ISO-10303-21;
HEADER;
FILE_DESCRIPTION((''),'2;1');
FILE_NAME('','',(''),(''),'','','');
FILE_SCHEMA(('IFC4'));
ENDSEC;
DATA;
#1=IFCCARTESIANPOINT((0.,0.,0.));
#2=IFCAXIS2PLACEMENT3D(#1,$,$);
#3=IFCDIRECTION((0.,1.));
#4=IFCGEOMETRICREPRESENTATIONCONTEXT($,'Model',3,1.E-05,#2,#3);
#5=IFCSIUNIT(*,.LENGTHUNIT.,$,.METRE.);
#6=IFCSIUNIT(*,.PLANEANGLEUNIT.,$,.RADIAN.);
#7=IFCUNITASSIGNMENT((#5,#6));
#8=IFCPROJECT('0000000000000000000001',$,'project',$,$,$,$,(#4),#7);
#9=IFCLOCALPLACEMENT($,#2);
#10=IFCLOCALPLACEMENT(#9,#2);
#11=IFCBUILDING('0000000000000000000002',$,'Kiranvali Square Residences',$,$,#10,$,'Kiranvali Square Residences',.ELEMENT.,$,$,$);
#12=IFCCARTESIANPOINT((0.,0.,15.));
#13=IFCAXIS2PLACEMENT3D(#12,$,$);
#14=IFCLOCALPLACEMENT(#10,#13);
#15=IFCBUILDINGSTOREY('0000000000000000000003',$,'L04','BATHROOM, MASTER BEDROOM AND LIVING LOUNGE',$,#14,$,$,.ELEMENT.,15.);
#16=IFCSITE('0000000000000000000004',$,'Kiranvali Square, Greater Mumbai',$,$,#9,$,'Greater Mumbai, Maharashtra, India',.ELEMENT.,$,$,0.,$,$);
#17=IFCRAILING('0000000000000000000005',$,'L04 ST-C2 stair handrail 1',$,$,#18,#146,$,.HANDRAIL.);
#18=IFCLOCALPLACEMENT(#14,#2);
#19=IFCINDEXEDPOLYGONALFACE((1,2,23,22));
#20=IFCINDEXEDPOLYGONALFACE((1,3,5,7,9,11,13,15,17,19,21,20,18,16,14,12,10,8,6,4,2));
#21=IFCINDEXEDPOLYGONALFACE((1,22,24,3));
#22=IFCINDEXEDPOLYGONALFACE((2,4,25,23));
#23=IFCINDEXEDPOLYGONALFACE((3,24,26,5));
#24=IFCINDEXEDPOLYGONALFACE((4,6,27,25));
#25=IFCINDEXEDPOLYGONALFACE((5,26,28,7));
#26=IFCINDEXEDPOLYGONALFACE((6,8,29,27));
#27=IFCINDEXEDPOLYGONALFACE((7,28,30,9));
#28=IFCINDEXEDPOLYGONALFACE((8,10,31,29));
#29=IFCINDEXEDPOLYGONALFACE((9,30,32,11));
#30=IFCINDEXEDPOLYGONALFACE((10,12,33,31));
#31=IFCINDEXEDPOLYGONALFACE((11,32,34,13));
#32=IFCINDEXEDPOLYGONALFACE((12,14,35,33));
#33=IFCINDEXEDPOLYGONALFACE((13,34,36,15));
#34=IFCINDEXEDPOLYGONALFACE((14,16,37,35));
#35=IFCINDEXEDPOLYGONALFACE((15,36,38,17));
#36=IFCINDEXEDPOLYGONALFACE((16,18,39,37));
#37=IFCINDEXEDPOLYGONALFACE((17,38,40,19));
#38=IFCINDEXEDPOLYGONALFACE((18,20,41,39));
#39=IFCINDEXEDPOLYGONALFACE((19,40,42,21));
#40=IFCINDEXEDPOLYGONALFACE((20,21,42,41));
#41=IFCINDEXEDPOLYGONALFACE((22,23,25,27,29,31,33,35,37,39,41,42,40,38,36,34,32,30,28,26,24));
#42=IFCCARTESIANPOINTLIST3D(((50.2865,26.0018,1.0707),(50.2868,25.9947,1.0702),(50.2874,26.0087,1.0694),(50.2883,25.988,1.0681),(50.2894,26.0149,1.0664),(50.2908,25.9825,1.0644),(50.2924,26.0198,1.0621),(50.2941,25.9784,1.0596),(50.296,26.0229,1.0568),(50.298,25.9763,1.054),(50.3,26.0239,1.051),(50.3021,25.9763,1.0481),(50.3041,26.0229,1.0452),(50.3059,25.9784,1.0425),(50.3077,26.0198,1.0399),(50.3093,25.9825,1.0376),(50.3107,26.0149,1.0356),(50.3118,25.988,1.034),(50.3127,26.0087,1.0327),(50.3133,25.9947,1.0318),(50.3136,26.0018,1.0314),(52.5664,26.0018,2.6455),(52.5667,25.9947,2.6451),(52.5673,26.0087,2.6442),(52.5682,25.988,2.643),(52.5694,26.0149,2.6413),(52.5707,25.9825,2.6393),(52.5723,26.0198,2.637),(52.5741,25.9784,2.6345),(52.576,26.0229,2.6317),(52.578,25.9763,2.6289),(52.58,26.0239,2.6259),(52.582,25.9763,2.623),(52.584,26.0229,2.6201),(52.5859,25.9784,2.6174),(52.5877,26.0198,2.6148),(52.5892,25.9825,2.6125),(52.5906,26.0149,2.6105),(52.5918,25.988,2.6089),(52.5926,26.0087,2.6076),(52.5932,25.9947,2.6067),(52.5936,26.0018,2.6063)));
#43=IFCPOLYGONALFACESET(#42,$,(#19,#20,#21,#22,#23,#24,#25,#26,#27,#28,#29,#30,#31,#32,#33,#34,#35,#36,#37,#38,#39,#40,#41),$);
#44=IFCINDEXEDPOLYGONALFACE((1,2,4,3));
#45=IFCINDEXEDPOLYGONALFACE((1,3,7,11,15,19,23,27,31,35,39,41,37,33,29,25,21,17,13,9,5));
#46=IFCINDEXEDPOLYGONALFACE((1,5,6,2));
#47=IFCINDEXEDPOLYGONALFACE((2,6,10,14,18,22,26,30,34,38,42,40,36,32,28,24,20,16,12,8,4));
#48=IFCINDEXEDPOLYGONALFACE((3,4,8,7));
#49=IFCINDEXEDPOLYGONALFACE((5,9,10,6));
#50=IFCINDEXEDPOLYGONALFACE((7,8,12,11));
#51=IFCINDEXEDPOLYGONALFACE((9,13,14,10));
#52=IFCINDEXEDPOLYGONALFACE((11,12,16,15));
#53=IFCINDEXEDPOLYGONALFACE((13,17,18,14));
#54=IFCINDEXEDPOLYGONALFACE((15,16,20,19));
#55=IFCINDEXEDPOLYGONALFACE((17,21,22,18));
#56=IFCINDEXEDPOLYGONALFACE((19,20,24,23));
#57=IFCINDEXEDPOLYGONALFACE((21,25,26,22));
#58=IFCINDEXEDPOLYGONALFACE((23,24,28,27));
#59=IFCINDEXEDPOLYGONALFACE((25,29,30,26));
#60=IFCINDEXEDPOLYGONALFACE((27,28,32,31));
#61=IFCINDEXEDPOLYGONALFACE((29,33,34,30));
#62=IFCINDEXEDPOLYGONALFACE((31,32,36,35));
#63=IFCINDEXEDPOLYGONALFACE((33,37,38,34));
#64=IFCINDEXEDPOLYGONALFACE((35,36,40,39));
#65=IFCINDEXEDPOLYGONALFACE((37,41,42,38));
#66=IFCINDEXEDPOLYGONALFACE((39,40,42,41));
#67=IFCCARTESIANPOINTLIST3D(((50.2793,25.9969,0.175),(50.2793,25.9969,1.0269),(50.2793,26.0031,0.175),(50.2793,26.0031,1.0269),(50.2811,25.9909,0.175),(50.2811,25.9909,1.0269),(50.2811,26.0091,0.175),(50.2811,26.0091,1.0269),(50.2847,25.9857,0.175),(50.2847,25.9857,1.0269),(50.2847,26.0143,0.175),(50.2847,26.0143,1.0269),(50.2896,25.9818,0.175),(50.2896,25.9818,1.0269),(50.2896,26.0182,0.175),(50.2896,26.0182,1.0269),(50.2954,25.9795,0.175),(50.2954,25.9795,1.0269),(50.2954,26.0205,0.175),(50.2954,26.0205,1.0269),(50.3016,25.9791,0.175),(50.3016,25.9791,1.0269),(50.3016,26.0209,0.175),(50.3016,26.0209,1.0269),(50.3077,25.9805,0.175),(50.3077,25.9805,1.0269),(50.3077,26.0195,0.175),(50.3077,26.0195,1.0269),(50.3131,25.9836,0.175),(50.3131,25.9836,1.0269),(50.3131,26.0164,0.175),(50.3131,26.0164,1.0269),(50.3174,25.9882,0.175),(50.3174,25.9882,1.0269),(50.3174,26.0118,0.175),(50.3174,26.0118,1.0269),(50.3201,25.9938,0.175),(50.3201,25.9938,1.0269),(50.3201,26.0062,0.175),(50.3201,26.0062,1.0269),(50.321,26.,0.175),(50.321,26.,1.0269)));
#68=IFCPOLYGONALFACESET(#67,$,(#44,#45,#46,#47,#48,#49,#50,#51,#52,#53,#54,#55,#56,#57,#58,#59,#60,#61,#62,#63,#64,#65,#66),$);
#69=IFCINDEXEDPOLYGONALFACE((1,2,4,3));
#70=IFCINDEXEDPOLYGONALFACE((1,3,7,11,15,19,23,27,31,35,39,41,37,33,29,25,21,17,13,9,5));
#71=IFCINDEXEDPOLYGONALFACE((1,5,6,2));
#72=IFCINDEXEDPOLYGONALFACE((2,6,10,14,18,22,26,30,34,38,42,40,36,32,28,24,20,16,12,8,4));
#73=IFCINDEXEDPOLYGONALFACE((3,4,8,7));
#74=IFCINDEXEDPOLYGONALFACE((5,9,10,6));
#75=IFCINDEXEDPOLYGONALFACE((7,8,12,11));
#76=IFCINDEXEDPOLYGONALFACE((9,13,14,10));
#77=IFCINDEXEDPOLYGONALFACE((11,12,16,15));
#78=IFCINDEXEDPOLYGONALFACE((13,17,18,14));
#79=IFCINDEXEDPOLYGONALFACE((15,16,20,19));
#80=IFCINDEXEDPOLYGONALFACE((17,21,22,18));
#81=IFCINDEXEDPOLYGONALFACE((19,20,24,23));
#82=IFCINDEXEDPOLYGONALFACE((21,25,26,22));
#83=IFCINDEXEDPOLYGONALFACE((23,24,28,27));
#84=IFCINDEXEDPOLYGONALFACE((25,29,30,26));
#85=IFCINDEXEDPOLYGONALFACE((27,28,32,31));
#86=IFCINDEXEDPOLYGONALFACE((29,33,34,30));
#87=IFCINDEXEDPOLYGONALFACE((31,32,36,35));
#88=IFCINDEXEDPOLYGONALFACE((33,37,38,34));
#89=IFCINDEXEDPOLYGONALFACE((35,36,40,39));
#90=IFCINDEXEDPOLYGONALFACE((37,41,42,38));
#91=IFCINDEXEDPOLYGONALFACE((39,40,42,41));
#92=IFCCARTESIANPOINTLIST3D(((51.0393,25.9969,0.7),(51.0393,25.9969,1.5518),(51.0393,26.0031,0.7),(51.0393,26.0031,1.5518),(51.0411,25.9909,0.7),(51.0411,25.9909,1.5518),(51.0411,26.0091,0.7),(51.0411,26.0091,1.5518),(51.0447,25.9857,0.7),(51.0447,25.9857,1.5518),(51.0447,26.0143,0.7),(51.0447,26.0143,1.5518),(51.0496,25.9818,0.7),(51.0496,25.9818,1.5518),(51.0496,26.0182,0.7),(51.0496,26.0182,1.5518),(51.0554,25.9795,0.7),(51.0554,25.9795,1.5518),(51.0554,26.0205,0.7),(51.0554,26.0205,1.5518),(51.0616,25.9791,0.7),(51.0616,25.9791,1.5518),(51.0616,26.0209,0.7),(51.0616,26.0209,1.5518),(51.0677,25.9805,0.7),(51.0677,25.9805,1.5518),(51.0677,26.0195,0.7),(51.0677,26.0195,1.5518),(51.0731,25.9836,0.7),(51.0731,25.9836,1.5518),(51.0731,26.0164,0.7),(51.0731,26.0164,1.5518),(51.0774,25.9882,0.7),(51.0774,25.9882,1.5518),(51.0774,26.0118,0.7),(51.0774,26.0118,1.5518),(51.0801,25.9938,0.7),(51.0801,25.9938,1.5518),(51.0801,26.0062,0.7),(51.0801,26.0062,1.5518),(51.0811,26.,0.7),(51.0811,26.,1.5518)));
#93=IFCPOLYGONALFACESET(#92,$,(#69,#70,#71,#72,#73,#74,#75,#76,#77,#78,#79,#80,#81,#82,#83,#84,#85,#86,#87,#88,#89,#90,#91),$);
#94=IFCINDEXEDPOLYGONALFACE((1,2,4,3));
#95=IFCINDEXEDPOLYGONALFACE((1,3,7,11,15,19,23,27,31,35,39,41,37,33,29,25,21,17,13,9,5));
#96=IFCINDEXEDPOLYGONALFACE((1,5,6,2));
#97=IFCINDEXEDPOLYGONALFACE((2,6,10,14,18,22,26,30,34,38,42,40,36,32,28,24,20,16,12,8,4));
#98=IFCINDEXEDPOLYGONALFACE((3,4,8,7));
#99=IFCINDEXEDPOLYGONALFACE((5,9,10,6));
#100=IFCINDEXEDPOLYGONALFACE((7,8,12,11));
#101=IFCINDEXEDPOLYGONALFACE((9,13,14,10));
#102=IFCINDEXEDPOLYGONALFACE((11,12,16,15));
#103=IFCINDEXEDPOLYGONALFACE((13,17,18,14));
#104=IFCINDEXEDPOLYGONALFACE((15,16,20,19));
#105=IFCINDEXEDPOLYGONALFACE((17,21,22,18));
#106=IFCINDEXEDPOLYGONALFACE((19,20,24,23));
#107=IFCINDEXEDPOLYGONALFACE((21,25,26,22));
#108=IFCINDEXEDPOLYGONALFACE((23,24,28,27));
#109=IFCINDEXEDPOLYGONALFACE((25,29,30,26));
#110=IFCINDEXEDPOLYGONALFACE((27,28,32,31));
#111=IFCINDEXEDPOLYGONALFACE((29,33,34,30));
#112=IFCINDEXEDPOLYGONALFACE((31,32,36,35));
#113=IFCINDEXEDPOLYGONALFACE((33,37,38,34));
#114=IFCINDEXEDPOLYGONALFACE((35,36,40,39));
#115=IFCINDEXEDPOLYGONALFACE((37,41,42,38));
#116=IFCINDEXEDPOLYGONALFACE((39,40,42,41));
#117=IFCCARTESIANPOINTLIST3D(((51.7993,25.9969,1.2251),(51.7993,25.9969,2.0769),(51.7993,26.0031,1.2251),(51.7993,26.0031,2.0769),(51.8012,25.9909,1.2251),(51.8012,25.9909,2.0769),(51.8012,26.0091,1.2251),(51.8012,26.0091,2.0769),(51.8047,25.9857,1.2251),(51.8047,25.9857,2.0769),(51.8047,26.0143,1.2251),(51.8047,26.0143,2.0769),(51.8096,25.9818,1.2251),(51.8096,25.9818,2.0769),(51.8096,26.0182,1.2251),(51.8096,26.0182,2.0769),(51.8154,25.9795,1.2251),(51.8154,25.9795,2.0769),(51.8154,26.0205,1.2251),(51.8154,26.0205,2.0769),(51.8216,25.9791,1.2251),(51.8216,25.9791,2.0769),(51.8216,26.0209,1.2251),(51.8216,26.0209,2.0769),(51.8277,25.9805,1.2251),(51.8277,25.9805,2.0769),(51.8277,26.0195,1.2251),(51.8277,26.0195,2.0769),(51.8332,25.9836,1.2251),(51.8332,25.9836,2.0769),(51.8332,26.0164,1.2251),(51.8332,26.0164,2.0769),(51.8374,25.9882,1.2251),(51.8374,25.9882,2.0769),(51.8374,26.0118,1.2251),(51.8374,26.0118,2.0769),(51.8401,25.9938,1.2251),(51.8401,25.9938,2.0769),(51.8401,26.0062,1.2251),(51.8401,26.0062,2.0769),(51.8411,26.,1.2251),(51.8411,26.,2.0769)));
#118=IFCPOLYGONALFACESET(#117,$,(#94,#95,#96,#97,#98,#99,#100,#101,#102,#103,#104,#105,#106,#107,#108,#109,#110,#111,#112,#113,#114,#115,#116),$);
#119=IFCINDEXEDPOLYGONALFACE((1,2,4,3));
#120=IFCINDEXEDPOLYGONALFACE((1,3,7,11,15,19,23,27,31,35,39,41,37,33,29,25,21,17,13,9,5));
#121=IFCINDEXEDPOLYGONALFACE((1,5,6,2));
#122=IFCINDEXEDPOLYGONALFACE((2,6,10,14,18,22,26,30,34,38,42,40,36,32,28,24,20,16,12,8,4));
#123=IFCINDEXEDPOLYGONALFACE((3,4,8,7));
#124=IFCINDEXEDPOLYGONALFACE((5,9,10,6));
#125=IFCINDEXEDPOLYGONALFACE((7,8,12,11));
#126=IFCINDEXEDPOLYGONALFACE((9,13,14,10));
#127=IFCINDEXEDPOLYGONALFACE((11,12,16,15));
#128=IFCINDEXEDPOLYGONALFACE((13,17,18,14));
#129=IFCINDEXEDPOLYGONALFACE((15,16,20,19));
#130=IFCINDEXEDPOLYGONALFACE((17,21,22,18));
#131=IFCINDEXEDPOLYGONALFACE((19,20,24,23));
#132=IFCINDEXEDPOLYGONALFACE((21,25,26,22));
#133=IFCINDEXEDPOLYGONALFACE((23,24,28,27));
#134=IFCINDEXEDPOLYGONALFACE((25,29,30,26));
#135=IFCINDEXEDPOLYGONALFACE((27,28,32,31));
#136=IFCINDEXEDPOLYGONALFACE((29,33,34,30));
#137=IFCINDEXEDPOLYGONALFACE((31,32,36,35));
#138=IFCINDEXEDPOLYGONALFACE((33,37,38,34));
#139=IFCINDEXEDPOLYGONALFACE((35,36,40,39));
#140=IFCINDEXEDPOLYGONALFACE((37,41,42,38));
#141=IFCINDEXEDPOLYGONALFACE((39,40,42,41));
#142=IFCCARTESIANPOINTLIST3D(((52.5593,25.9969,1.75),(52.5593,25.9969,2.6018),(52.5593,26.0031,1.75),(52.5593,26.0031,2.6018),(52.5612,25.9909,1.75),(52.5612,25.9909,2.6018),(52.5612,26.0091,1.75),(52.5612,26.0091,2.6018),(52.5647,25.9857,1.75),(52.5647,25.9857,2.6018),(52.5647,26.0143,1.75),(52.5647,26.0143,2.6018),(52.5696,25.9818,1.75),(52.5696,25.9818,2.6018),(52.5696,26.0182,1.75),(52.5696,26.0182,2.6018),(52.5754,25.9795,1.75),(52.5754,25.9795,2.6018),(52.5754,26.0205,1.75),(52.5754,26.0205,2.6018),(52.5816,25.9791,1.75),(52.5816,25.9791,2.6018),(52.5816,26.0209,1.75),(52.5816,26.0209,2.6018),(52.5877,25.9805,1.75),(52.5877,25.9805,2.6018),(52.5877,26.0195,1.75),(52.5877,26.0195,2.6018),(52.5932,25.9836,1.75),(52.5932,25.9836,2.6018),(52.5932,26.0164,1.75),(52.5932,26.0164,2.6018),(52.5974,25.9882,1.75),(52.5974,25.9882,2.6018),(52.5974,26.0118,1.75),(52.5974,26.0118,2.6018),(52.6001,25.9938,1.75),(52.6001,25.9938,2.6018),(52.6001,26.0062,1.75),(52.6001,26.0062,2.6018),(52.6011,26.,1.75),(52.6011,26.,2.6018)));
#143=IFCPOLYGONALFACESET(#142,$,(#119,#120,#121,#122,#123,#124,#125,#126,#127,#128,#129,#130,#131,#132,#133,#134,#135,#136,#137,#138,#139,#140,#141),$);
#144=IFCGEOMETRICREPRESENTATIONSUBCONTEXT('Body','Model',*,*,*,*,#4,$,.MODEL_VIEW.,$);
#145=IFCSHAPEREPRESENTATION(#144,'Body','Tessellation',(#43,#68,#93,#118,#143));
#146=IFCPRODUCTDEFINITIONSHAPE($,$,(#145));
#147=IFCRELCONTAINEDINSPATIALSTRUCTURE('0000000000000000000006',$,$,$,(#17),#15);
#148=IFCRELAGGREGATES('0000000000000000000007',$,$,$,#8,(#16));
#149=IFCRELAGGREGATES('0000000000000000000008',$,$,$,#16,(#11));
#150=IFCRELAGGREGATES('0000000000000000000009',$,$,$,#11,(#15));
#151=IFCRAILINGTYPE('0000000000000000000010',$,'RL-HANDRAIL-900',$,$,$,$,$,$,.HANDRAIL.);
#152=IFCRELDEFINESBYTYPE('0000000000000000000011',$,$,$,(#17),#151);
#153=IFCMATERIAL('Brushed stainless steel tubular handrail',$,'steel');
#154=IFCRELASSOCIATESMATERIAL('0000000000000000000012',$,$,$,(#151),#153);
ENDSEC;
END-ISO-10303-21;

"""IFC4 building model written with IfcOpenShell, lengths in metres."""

from ifc_helpers import new_model, si_unit, direction, frame, origin, origin_2d, place, context, subcontext, project, spatial, circle, extrude, material, type_object, element, save


model = new_model("IFC4")

# Units and contexts
model_context = context("Model", 3, precision=1e-05, world=origin(), true_north=direction((0.0, 1.0)))
body_context = subcontext(model_context, "Body", "Model", "MODEL_VIEW")
ifc_project = project(units=[si_unit("LENGTHUNIT", "METRE"), si_unit("PLANEANGLEUNIT", "RADIAN")], contexts=[model_context])

# Site, building, storey
site_placement = place(None, origin())
site = spatial("IfcSite", under=ifc_project, at=site_placement, Name="Kiranvali Square, Greater Mumbai", LongName="Greater Mumbai, Maharashtra, India", CompositionType="ELEMENT", RefElevation=0.0)
building_placement = place(site_placement, origin())
building = spatial("IfcBuilding", under=site, at=building_placement, Name="Kiranvali Square Residences", LongName="Kiranvali Square Residences", CompositionType="ELEMENT")
storey_placement = place(building_placement, frame((0.0, 0.0, 15.0)))
storey = spatial("IfcBuildingStorey", under=building, at=storey_placement, Name="L04", Description="BATHROOM, MASTER BEDROOM AND LIVING LOUNGE", CompositionType="ELEMENT", Elevation=15.0)

# Railing
ifc_material_1 = material(Name="Brushed stainless steel tubular handrail", Category="steel")
railing_type_1 = type_object("IfcRailingType", Name="RL-HANDRAIL-900", PredefinedType="HANDRAIL", material=ifc_material_1)
railing_1_placement = place(storey_placement, frame((50.3, 26.0, 0.175)))
element("IfcRailing", 1, at=railing_1_placement, inside=storey, type_object=railing_type_1, Name="L04 ST-C2 stair handrail 1", PredefinedType="HANDRAIL", context=body_context, shape_type="SweptSolid", body=[
    extrude(circle(Radius=0.0239, at=origin_2d()), frame((0.0, 0.0, 0.876), z_axis=(0.822788, 0.0, 0.568348), x_axis=(0.0, 1.0, 0.0)), (0.0, 0.0, 1.0), 2.771),
    extrude(circle(Radius=0.021, at=origin_2d()), origin(), (0.0, 0.0, 1.0), 0.8518),
    extrude(circle(Radius=0.021, at=origin_2d()), frame((0.76, 0.0, 0.5249)), (0.0, 0.0, 1.0), 0.8518),
    extrude(circle(Radius=0.021, at=origin_2d()), frame((1.52, 0.0, 1.05)), (0.0, 0.0, 1.0), 0.8518),
    extrude(circle(Radius=0.021, at=origin_2d()), frame((2.28, 0.0, 1.575)), (0.0, 0.0, 1.0), 0.8518),
])

save(model, "model.ifc")
